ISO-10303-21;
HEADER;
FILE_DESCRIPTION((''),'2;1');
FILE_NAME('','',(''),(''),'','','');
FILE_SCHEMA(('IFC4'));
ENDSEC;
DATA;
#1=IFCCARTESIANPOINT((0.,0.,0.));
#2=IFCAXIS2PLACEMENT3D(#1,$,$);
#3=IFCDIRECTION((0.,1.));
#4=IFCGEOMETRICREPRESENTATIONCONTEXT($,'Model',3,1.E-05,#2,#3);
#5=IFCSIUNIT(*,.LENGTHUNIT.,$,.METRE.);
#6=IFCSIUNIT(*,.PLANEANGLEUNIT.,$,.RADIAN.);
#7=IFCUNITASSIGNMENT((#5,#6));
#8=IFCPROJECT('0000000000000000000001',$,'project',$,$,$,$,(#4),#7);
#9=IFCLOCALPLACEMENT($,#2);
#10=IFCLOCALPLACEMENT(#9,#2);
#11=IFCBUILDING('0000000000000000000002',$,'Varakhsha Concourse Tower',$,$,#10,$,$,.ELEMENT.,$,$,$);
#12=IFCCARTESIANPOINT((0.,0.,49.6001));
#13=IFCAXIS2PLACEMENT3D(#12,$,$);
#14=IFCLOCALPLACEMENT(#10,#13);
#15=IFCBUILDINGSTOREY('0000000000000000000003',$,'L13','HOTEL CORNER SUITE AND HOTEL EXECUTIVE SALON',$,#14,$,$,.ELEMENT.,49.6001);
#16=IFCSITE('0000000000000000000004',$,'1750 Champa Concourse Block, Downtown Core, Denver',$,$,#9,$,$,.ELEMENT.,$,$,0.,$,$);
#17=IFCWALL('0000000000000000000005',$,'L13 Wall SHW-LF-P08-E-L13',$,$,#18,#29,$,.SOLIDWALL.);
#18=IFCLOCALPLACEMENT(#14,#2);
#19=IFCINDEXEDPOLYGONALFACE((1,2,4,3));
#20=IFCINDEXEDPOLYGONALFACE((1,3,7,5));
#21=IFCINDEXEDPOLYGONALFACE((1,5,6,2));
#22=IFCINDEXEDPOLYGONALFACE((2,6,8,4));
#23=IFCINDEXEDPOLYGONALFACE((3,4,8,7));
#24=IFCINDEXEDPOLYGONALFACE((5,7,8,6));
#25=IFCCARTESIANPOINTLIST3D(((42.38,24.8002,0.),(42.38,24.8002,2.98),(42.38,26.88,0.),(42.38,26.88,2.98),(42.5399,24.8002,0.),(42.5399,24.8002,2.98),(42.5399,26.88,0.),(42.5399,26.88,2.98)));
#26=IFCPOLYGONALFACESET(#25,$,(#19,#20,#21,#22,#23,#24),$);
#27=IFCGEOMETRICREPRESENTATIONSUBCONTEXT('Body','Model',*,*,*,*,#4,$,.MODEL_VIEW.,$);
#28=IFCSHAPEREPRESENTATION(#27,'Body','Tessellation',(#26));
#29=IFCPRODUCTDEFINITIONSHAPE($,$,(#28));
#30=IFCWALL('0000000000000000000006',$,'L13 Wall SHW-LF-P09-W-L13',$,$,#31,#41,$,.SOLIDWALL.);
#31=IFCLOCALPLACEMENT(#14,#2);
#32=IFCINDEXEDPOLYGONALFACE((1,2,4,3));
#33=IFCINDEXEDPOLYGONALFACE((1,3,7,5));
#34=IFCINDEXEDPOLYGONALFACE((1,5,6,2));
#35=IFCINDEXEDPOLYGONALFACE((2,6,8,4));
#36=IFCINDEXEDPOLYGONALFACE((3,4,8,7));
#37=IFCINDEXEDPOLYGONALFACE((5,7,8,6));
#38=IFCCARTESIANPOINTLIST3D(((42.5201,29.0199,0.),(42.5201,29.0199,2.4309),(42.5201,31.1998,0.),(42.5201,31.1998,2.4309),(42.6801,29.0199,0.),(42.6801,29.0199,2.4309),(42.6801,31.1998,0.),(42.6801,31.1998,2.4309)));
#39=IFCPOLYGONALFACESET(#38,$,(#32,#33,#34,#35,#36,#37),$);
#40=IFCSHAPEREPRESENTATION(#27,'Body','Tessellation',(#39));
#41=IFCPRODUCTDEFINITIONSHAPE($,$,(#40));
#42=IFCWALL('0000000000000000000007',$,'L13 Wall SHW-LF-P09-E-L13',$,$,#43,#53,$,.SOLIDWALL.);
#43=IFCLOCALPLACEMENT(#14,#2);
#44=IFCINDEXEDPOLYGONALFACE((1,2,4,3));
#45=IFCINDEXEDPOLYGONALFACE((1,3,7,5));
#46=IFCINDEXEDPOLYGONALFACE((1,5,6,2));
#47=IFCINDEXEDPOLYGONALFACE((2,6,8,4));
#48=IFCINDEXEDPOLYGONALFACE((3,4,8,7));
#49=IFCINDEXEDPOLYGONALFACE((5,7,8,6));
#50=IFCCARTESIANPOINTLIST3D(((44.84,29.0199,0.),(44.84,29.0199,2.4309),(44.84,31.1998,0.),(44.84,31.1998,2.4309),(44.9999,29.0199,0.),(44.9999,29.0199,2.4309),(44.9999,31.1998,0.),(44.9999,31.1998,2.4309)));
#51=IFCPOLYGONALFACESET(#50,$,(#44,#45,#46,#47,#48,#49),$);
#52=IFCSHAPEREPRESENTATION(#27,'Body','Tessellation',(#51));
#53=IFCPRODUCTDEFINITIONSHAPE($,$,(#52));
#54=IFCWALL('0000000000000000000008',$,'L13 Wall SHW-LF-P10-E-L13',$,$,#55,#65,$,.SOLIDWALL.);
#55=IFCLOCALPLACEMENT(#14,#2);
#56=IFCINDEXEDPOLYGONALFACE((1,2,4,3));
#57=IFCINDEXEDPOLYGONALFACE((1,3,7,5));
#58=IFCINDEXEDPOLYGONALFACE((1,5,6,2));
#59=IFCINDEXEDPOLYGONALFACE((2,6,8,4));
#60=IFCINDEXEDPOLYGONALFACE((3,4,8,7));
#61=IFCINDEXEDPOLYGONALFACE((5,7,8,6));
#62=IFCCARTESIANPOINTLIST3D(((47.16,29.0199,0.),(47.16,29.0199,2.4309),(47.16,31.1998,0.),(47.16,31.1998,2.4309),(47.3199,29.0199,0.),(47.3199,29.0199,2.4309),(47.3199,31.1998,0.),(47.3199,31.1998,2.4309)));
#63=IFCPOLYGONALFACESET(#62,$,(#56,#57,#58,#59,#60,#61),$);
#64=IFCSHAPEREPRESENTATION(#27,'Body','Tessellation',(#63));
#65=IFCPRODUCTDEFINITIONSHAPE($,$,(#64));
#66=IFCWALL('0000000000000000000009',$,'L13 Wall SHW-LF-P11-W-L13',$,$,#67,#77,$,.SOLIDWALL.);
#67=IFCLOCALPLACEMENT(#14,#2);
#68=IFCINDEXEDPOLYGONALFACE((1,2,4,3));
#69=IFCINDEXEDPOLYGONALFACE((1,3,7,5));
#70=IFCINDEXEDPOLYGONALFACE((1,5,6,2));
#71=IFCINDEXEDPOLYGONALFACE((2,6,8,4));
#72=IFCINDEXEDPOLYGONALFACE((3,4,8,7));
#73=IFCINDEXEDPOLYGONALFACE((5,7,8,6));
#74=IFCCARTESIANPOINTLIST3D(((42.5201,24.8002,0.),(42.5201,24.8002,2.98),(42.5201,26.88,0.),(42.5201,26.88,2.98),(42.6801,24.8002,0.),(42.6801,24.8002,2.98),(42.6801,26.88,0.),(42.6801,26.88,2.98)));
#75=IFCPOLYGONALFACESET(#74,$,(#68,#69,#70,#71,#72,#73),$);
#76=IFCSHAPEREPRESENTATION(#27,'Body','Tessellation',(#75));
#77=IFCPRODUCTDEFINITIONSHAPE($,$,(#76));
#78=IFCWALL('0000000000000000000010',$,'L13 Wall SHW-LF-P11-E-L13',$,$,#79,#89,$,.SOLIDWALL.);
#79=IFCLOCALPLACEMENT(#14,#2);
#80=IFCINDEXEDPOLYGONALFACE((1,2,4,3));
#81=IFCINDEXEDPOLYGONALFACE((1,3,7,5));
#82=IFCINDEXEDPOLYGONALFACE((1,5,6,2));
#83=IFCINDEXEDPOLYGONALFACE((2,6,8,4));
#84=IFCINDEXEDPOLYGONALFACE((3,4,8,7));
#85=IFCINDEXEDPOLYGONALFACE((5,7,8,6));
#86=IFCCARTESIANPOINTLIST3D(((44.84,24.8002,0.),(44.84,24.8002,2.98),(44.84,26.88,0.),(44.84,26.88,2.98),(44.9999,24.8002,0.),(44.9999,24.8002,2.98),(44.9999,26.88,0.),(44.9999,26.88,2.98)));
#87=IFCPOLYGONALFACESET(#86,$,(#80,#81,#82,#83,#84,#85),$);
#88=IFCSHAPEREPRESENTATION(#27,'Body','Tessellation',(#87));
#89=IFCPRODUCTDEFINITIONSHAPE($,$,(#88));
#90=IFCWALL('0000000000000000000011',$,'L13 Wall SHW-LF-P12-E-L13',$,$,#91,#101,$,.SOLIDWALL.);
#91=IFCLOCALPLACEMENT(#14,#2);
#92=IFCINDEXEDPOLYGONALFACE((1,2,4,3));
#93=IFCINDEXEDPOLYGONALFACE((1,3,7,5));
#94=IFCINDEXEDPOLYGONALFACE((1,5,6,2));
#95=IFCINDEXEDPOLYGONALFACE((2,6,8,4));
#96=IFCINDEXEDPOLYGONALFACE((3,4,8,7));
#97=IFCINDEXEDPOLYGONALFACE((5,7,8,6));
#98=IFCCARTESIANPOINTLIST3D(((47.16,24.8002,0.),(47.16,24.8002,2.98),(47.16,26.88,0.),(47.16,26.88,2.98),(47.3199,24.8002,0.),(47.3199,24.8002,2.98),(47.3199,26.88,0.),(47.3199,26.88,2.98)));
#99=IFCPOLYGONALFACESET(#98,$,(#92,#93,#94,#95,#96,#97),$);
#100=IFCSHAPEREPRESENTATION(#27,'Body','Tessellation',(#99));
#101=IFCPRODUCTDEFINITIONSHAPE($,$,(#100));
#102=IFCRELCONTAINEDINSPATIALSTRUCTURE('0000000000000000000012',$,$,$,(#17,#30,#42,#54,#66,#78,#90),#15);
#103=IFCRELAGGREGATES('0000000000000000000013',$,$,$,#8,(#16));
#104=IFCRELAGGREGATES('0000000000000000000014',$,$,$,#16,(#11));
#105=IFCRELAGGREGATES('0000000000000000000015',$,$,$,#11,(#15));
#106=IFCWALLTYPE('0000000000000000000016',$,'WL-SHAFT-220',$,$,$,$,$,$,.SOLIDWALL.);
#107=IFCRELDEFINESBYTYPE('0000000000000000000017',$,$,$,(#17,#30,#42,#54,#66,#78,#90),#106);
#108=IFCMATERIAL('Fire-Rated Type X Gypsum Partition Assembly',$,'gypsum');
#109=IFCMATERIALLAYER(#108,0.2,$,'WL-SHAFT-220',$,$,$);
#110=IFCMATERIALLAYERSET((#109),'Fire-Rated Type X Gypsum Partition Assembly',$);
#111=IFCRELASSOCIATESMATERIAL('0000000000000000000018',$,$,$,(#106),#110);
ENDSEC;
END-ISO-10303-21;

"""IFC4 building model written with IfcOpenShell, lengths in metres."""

from ifc_helpers import new_model, si_unit, direction, frame, frame_2d, origin, place, context, subcontext, project, spatial, rectangle, extrude, material, layer, layer_set, type_object, element, save


model = new_model("IFC4")

# Units and contexts
model_context = context("Model", 3, precision=1e-05, world=origin(), true_north=direction((0.0, 1.0)))
body_context = subcontext(model_context, "Body", "Model", "MODEL_VIEW")
ifc_project = project(units=[si_unit("LENGTHUNIT", "METRE"), si_unit("PLANEANGLEUNIT", "RADIAN")], contexts=[model_context])

# Site, building, storey
site_placement = place(None, origin())
site = spatial("IfcSite", under=ifc_project, at=site_placement, Name="1750 Champa Concourse Block, Downtown Core, Denver", CompositionType="ELEMENT", RefElevation=0.0)
building_placement = place(site_placement, origin())
building = spatial("IfcBuilding", under=site, at=building_placement, Name="Varakhsha Concourse Tower", CompositionType="ELEMENT")
storey_placement = place(building_placement, frame((0.0, 0.0, 49.6001)))
storey = spatial("IfcBuildingStorey", under=building, at=storey_placement, Name="L13", Description="HOTEL CORNER SUITE AND HOTEL EXECUTIVE SALON", CompositionType="ELEMENT", Elevation=49.6001)

# Shared definitions
ifc_material_1 = material(Name="Fire-Rated Type X Gypsum Partition Assembly", Category="gypsum")

# Walls
ifc_layer_1 = layer(ifc_material_1, 0.2, Name="WL-SHAFT-220")
ifc_layer_set_1 = layer_set([ifc_layer_1], Name="Fire-Rated Type X Gypsum Partition Assembly")
wall_type_1 = type_object("IfcWallType", Name="WL-SHAFT-220", PredefinedType="SOLIDWALL", material=ifc_layer_set_1)
for number, where, z_axis, x_axis, name in (
    (1, (42.46, 24.8, 0.0), (0.0, 0.0, 1.0), (0.0, 1.0, 0.0), "L13 Wall SHW-LF-P08-E-L13"),
):
    element("IfcWall", number, at=place(storey_placement, frame(where, z_axis=z_axis, x_axis=x_axis)), inside=storey, type_object=wall_type_1, Name=name, PredefinedType="SOLIDWALL", context=body_context, shape_type="SweptSolid", body=[
        extrude(rectangle(XDim=2.0798, YDim=0.1599, at=frame_2d((1.04, 0.0))), origin(), (0.0, 0.0, 1.0), 2.98),
    ])
for number, where, z_axis, x_axis, name in (
    (2, (42.6001, 29.02, 0.0), (0.0, 0.0, 1.0), (0.0, 1.0, 0.0), "L13 Wall SHW-LF-P09-W-L13"),
    (3, (44.9199, 29.02, 0.0), (0.0, 0.0, 1.0), (0.0, 1.0, 0.0), "L13 Wall SHW-LF-P09-E-L13"),
    (4, (47.24, 29.02, 0.0), (0.0, 0.0, 1.0), (0.0, 1.0, 0.0), "L13 Wall SHW-LF-P10-E-L13"),
):
    element("IfcWall", number, at=place(storey_placement, frame(where, z_axis=z_axis, x_axis=x_axis)), inside=storey, type_object=wall_type_1, Name=name, PredefinedType="SOLIDWALL", context=body_context, shape_type="SweptSolid", body=[
        extrude(rectangle(XDim=2.1799, YDim=0.1599, at=frame_2d((1.0898, 0.0))), origin(), (0.0, 0.0, 1.0), 2.4309),
    ])
for number, where, z_axis, x_axis, name in (
    (5, (42.6001, 24.8, 0.0), (0.0, 0.0, 1.0), (0.0, 1.0, 0.0), "L13 Wall SHW-LF-P11-W-L13"),
    (6, (44.9199, 24.8, 0.0), (0.0, 0.0, 1.0), (0.0, 1.0, 0.0), "L13 Wall SHW-LF-P11-E-L13"),
    (7, (47.24, 24.8, 0.0), (0.0, 0.0, 1.0), (0.0, 1.0, 0.0), "L13 Wall SHW-LF-P12-E-L13"),
):
    element("IfcWall", number, at=place(storey_placement, frame(where, z_axis=z_axis, x_axis=x_axis)), inside=storey, type_object=wall_type_1, Name=name, PredefinedType="SOLIDWALL", context=body_context, shape_type="SweptSolid", body=[
        extrude(rectangle(XDim=2.0798, YDim=0.1599, at=frame_2d((1.04, 0.0))), origin(), (0.0, 0.0, 1.0), 2.98),
    ])

save(model, "model.ifc")
